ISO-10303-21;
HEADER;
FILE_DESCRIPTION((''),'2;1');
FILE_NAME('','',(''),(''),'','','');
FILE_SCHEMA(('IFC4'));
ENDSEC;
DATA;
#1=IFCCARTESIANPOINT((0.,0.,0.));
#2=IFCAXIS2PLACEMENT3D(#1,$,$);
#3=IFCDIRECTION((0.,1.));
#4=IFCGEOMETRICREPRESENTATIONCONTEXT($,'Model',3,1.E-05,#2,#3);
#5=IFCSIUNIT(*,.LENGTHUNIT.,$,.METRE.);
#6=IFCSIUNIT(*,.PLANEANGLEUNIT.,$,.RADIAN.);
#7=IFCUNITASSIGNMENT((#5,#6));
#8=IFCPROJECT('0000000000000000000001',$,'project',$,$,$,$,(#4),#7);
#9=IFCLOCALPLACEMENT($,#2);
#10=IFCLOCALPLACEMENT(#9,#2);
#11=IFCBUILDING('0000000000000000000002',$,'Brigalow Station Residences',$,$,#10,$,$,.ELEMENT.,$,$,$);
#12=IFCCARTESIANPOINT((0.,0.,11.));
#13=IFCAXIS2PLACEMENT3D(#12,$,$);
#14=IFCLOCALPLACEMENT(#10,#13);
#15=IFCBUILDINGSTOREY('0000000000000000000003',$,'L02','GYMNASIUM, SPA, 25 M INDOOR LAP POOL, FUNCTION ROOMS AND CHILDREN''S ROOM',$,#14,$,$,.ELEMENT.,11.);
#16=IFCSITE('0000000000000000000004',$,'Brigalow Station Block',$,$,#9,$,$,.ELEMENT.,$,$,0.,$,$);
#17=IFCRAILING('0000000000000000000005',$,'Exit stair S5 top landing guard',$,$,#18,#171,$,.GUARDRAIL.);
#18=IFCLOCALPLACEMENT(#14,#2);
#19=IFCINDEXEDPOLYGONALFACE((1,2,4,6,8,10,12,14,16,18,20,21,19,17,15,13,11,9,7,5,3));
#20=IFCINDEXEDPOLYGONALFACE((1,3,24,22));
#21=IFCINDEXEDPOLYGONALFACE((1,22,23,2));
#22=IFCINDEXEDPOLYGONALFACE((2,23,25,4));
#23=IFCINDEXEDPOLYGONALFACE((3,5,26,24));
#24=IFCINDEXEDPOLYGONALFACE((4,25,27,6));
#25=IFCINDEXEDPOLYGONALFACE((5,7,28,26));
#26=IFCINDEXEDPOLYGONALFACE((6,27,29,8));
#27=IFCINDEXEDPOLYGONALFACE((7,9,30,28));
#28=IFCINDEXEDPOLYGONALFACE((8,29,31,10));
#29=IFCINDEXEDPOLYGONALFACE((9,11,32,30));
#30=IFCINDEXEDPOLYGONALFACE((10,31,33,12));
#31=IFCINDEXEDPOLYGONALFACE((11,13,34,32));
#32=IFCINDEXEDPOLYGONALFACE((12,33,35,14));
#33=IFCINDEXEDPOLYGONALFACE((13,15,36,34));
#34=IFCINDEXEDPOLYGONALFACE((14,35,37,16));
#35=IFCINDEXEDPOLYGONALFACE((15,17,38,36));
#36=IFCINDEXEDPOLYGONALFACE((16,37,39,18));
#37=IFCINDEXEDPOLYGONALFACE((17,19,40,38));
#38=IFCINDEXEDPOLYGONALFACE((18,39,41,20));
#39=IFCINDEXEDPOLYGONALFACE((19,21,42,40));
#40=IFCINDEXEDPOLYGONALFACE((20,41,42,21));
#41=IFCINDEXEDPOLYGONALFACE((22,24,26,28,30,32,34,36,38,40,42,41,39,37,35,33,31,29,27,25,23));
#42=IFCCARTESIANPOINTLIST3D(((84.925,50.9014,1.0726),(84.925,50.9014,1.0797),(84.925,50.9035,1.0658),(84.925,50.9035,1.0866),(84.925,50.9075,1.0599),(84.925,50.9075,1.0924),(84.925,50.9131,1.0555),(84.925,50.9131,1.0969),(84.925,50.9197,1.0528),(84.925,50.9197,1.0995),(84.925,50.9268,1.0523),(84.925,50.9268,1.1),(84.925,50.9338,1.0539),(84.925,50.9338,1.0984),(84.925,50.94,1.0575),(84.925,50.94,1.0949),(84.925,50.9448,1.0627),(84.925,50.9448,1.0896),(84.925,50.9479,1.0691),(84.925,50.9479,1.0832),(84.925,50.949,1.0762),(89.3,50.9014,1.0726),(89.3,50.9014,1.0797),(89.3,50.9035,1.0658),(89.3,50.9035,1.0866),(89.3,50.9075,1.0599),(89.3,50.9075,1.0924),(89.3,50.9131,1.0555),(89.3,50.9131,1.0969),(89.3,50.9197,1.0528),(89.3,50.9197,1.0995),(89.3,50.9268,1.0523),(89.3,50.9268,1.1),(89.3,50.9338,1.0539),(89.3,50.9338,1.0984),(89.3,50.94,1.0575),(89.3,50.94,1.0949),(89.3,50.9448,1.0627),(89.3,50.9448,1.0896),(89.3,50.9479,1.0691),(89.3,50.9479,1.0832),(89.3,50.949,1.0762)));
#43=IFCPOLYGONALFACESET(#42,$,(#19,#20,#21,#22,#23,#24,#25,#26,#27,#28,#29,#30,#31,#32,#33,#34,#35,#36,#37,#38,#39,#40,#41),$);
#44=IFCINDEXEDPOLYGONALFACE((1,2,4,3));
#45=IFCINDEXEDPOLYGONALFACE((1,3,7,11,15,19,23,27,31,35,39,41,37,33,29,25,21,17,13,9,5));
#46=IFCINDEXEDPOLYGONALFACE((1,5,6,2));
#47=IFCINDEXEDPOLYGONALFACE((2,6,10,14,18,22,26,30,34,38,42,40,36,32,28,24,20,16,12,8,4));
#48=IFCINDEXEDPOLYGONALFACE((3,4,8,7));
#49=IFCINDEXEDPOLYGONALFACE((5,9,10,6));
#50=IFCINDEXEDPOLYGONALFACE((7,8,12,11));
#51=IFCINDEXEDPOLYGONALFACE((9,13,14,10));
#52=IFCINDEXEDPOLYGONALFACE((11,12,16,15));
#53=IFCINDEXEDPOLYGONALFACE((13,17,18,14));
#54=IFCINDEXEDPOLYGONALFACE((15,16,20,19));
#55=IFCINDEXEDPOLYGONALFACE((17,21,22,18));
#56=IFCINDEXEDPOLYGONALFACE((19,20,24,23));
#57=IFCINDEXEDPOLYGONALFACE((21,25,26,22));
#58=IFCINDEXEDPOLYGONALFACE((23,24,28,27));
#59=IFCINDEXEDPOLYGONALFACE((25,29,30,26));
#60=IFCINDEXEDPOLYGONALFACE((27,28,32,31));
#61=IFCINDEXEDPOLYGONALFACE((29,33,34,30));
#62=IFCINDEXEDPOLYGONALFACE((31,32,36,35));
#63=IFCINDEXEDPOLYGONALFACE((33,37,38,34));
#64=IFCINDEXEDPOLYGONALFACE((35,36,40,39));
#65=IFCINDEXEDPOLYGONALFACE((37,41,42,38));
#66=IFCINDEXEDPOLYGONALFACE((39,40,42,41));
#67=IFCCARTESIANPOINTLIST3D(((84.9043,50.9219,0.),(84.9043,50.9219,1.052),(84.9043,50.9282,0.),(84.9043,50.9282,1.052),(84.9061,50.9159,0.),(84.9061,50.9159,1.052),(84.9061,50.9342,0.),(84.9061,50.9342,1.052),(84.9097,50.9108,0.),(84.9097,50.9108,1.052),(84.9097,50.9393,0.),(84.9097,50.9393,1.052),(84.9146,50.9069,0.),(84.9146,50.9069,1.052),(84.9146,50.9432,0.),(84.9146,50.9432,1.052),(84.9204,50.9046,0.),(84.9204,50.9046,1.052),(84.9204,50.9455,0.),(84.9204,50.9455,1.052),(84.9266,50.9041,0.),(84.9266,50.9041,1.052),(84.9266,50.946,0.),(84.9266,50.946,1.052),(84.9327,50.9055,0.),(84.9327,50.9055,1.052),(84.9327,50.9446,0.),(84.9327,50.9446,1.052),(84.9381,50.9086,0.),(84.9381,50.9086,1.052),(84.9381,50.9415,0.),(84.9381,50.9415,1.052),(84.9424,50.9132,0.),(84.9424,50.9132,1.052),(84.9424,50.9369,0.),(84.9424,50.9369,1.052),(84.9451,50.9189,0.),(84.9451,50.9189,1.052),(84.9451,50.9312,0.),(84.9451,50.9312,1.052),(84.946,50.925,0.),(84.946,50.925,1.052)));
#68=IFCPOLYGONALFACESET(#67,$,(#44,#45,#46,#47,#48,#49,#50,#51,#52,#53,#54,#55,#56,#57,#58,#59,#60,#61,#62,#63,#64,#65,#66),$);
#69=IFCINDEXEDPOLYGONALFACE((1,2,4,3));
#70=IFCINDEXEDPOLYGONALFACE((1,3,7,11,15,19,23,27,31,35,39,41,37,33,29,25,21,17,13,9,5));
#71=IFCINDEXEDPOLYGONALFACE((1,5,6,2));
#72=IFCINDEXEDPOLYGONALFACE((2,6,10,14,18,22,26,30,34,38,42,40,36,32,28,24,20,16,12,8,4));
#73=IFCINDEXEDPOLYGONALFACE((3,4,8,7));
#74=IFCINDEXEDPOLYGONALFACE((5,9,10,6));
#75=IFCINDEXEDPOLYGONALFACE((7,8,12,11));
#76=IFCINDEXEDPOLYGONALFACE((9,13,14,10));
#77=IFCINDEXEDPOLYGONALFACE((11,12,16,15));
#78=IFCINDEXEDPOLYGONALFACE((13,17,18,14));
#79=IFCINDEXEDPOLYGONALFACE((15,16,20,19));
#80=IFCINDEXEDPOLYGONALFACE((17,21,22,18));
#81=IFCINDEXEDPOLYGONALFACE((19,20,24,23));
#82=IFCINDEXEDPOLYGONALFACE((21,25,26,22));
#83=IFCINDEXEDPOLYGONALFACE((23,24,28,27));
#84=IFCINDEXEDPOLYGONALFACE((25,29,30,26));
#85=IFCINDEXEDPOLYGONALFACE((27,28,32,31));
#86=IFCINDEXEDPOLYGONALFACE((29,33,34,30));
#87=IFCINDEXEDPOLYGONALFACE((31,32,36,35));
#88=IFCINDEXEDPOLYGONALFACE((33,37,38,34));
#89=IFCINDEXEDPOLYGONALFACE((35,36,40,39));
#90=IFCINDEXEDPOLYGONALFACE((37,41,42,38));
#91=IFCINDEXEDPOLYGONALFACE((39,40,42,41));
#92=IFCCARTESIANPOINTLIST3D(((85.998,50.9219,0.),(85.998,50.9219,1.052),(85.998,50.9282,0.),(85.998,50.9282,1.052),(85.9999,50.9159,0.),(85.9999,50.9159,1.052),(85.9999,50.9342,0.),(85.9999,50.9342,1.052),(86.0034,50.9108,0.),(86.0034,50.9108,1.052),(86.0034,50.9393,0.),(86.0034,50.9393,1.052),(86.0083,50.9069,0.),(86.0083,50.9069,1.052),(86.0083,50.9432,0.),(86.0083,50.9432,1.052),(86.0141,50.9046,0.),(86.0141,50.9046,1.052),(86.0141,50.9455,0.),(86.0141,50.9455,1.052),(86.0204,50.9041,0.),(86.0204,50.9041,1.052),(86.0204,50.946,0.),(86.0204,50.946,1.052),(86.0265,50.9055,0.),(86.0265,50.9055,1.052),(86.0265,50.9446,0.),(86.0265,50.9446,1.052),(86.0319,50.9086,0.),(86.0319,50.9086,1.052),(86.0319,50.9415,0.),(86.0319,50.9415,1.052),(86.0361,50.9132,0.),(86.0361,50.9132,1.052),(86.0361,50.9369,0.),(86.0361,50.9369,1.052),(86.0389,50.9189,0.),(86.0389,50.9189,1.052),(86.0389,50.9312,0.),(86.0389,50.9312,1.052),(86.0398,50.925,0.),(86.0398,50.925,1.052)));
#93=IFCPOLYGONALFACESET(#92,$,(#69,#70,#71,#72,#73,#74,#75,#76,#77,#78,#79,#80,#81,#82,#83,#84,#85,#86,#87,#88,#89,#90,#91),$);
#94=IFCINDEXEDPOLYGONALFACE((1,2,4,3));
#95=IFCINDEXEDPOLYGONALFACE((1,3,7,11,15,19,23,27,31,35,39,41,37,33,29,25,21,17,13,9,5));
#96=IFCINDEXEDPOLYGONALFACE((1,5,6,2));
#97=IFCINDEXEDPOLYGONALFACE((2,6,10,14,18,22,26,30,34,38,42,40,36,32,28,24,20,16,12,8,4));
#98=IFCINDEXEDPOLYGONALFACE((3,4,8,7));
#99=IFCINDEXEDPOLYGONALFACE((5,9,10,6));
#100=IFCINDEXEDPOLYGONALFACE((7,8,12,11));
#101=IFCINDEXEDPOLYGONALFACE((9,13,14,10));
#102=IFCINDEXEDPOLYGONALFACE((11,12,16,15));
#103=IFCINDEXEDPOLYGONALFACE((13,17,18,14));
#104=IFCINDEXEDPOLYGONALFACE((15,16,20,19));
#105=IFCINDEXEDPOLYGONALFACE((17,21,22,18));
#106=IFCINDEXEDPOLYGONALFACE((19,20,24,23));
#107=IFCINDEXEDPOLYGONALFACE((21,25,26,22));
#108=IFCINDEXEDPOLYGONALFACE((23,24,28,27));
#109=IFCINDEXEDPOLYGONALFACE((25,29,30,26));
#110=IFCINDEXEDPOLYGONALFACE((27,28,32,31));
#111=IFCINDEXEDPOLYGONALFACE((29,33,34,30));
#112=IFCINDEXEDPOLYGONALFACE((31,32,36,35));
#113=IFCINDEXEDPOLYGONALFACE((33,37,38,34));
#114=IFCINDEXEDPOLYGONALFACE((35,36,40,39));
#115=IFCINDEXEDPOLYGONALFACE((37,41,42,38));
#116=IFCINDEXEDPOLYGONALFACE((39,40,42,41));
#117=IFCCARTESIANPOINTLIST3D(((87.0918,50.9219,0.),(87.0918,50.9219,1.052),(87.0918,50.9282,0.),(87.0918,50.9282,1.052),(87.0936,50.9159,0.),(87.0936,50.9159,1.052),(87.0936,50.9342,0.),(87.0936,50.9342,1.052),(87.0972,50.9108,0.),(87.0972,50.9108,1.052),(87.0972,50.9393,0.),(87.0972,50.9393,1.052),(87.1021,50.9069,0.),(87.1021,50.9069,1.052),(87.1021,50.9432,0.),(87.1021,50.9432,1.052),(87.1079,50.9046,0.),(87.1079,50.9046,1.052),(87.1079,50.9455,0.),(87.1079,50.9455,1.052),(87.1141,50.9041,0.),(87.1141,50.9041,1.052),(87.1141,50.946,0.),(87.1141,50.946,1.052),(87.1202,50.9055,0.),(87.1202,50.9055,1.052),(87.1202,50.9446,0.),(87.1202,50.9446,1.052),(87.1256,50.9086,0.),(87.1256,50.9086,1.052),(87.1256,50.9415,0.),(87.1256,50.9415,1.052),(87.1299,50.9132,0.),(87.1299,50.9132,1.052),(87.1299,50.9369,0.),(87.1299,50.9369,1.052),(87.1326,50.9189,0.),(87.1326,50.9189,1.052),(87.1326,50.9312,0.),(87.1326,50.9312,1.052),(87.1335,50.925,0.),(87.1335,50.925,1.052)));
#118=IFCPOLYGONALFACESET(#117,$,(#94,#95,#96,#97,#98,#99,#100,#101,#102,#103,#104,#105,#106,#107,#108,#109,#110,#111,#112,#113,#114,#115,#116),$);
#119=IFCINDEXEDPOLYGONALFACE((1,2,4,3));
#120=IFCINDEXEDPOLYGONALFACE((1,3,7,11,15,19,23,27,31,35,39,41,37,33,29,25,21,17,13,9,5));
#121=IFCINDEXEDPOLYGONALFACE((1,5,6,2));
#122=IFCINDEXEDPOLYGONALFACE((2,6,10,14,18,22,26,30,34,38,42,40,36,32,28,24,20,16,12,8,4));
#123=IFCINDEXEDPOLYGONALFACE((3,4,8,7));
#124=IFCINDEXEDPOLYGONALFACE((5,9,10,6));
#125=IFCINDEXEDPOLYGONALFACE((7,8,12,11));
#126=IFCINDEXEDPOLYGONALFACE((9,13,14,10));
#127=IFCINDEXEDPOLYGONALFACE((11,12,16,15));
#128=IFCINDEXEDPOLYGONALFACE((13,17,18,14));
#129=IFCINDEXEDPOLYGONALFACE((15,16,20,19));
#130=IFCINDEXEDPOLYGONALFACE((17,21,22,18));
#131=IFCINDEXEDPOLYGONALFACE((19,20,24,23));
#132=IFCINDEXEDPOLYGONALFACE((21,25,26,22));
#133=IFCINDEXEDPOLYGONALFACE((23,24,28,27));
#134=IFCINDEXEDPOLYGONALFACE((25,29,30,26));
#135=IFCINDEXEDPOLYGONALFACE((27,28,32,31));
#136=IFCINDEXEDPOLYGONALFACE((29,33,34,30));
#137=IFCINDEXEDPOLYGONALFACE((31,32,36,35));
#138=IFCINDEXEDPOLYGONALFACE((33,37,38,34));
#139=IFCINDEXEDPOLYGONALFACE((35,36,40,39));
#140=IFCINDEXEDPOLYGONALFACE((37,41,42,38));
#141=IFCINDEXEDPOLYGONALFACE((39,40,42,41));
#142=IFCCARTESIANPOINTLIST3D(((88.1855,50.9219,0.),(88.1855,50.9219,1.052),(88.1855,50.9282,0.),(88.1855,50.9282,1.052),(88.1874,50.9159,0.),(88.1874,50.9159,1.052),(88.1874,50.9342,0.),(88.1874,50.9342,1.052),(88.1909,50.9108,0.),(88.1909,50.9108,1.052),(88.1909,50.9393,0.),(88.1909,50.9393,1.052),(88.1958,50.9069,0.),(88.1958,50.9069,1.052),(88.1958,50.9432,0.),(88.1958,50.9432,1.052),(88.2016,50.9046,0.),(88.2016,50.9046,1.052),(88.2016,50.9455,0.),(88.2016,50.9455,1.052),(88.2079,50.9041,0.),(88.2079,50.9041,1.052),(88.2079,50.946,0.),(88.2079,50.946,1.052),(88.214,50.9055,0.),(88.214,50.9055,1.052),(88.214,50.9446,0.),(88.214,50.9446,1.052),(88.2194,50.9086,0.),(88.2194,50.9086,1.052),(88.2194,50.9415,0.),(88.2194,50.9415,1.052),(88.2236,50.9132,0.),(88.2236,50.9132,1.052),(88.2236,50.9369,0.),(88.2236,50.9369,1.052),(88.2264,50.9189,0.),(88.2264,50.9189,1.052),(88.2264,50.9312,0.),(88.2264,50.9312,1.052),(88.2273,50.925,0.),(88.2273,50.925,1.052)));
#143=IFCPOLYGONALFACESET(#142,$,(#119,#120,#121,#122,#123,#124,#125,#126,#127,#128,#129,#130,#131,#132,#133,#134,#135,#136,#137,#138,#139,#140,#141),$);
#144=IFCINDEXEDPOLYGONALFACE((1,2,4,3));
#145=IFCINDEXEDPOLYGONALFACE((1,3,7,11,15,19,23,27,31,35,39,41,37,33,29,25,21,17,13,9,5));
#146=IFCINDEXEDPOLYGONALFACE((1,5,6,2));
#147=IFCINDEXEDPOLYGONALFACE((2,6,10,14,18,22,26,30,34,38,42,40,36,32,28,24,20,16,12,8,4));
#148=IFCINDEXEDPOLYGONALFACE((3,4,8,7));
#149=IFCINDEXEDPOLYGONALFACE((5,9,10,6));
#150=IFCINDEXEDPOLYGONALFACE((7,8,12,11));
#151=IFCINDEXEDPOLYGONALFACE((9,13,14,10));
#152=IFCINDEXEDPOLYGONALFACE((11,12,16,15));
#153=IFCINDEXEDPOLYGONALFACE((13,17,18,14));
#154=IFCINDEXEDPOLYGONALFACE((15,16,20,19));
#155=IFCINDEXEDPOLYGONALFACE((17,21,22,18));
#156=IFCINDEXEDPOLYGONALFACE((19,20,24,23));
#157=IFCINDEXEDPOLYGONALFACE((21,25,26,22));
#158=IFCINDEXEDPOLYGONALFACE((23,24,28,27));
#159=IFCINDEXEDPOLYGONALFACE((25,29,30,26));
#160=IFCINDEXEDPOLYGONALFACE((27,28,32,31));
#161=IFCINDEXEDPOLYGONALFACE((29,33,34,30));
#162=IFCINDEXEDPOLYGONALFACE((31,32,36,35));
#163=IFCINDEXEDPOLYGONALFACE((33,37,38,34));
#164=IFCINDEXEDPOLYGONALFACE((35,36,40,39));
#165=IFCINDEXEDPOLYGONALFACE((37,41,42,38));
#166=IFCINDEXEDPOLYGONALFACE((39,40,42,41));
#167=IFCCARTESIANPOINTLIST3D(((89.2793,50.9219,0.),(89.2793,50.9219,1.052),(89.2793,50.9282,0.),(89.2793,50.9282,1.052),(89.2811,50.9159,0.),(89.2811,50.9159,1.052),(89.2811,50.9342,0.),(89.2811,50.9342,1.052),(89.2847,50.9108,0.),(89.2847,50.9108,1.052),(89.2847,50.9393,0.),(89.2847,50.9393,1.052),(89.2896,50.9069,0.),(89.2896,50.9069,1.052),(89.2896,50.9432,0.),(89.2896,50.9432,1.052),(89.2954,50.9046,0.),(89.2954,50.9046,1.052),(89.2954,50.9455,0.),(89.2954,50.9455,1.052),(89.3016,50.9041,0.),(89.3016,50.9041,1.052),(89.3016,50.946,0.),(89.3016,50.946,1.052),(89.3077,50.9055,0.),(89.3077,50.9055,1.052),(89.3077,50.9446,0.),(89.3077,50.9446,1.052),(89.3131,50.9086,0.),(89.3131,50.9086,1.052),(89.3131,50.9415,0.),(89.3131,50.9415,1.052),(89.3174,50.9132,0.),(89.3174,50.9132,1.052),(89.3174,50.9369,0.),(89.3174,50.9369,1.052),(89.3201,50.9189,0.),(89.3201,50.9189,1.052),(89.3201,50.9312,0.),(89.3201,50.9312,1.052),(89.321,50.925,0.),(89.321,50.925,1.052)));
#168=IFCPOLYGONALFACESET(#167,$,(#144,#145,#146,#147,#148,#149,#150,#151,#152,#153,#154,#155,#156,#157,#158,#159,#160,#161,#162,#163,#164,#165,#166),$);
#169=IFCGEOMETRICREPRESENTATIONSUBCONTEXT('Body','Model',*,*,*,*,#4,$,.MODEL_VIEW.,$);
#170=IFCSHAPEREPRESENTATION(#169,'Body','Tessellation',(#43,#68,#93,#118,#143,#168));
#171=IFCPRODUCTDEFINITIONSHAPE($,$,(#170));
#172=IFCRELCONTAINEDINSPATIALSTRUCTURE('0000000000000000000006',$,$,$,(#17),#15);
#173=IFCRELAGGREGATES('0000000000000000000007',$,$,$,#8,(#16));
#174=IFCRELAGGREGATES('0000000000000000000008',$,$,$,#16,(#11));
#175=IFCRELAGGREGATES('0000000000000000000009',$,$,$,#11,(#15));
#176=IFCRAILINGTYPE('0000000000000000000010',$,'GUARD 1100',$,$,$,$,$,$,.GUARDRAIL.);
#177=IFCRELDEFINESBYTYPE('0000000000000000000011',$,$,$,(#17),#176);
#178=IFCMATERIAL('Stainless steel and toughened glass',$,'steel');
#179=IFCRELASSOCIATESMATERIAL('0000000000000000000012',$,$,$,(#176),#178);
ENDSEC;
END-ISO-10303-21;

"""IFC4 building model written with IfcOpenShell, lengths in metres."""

from ifc_helpers import new_model, si_unit, direction, frame, origin, origin_2d, place, context, subcontext, project, spatial, circle, extrude, material, type_object, element, save


model = new_model("IFC4")

# Units and contexts
model_context = context("Model", 3, precision=1e-05, world=origin(), true_north=direction((0.0, 1.0)))
body_context = subcontext(model_context, "Body", "Model", "MODEL_VIEW")
ifc_project = project(units=[si_unit("LENGTHUNIT", "METRE"), si_unit("PLANEANGLEUNIT", "RADIAN")], contexts=[model_context])

# Site, building, storey
site_placement = place(None, origin())
site = spatial("IfcSite", under=ifc_project, at=site_placement, Name="Brigalow Station Block", CompositionType="ELEMENT", RefElevation=0.0)
building_placement = place(site_placement, origin())
building = spatial("IfcBuilding", under=site, at=building_placement, Name="Brigalow Station Residences", CompositionType="ELEMENT")
storey_placement = place(building_placement, frame((0.0, 0.0, 11.0)))
storey = spatial("IfcBuildingStorey", under=building, at=storey_placement, Name="L02", Description="GYMNASIUM, SPA, 25 M INDOOR LAP POOL, FUNCTION ROOMS AND CHILDREN'S ROOM", CompositionType="ELEMENT", Elevation=11.0)

# Railing
ifc_material_1 = material(Name="Stainless steel and toughened glass", Category="steel")
railing_type = type_object("IfcRailingType", Name="GUARD 1100", PredefinedType="GUARDRAIL", material=ifc_material_1)
railing_placement = place(storey_placement, frame((84.925, 50.925, 0.0)))
element("IfcRailing", 1, at=railing_placement, inside=storey, type_object=railing_type, Name="Exit stair S5 top landing guard", PredefinedType="GUARDRAIL", context=body_context, shape_type="SweptSolid", body=[
    extrude(circle(Radius=0.0239, at=origin_2d()), frame((0.0, 0.0, 1.0762), z_axis=(1.0, 0.0, 0.0), x_axis=(0.0, 1.0, 0.0)), (0.0, 0.0, 1.0), 4.375),
    extrude(circle(Radius=0.021, at=origin_2d()), origin(), (0.0, 0.0, 1.0), 1.052),
    extrude(circle(Radius=0.021, at=origin_2d()), frame((1.0938, 0.0, 0.0)), (0.0, 0.0, 1.0), 1.052),
    extrude(circle(Radius=0.021, at=origin_2d()), frame((2.1875, 0.0, 0.0)), (0.0, 0.0, 1.0), 1.052),
    extrude(circle(Radius=0.021, at=origin_2d()), frame((3.2812, 0.0, 0.0)), (0.0, 0.0, 1.0), 1.052),
    extrude(circle(Radius=0.021, at=origin_2d()), frame((4.375, 0.0, 0.0)), (0.0, 0.0, 1.0), 1.052),
])

save(model, "model.ifc")
